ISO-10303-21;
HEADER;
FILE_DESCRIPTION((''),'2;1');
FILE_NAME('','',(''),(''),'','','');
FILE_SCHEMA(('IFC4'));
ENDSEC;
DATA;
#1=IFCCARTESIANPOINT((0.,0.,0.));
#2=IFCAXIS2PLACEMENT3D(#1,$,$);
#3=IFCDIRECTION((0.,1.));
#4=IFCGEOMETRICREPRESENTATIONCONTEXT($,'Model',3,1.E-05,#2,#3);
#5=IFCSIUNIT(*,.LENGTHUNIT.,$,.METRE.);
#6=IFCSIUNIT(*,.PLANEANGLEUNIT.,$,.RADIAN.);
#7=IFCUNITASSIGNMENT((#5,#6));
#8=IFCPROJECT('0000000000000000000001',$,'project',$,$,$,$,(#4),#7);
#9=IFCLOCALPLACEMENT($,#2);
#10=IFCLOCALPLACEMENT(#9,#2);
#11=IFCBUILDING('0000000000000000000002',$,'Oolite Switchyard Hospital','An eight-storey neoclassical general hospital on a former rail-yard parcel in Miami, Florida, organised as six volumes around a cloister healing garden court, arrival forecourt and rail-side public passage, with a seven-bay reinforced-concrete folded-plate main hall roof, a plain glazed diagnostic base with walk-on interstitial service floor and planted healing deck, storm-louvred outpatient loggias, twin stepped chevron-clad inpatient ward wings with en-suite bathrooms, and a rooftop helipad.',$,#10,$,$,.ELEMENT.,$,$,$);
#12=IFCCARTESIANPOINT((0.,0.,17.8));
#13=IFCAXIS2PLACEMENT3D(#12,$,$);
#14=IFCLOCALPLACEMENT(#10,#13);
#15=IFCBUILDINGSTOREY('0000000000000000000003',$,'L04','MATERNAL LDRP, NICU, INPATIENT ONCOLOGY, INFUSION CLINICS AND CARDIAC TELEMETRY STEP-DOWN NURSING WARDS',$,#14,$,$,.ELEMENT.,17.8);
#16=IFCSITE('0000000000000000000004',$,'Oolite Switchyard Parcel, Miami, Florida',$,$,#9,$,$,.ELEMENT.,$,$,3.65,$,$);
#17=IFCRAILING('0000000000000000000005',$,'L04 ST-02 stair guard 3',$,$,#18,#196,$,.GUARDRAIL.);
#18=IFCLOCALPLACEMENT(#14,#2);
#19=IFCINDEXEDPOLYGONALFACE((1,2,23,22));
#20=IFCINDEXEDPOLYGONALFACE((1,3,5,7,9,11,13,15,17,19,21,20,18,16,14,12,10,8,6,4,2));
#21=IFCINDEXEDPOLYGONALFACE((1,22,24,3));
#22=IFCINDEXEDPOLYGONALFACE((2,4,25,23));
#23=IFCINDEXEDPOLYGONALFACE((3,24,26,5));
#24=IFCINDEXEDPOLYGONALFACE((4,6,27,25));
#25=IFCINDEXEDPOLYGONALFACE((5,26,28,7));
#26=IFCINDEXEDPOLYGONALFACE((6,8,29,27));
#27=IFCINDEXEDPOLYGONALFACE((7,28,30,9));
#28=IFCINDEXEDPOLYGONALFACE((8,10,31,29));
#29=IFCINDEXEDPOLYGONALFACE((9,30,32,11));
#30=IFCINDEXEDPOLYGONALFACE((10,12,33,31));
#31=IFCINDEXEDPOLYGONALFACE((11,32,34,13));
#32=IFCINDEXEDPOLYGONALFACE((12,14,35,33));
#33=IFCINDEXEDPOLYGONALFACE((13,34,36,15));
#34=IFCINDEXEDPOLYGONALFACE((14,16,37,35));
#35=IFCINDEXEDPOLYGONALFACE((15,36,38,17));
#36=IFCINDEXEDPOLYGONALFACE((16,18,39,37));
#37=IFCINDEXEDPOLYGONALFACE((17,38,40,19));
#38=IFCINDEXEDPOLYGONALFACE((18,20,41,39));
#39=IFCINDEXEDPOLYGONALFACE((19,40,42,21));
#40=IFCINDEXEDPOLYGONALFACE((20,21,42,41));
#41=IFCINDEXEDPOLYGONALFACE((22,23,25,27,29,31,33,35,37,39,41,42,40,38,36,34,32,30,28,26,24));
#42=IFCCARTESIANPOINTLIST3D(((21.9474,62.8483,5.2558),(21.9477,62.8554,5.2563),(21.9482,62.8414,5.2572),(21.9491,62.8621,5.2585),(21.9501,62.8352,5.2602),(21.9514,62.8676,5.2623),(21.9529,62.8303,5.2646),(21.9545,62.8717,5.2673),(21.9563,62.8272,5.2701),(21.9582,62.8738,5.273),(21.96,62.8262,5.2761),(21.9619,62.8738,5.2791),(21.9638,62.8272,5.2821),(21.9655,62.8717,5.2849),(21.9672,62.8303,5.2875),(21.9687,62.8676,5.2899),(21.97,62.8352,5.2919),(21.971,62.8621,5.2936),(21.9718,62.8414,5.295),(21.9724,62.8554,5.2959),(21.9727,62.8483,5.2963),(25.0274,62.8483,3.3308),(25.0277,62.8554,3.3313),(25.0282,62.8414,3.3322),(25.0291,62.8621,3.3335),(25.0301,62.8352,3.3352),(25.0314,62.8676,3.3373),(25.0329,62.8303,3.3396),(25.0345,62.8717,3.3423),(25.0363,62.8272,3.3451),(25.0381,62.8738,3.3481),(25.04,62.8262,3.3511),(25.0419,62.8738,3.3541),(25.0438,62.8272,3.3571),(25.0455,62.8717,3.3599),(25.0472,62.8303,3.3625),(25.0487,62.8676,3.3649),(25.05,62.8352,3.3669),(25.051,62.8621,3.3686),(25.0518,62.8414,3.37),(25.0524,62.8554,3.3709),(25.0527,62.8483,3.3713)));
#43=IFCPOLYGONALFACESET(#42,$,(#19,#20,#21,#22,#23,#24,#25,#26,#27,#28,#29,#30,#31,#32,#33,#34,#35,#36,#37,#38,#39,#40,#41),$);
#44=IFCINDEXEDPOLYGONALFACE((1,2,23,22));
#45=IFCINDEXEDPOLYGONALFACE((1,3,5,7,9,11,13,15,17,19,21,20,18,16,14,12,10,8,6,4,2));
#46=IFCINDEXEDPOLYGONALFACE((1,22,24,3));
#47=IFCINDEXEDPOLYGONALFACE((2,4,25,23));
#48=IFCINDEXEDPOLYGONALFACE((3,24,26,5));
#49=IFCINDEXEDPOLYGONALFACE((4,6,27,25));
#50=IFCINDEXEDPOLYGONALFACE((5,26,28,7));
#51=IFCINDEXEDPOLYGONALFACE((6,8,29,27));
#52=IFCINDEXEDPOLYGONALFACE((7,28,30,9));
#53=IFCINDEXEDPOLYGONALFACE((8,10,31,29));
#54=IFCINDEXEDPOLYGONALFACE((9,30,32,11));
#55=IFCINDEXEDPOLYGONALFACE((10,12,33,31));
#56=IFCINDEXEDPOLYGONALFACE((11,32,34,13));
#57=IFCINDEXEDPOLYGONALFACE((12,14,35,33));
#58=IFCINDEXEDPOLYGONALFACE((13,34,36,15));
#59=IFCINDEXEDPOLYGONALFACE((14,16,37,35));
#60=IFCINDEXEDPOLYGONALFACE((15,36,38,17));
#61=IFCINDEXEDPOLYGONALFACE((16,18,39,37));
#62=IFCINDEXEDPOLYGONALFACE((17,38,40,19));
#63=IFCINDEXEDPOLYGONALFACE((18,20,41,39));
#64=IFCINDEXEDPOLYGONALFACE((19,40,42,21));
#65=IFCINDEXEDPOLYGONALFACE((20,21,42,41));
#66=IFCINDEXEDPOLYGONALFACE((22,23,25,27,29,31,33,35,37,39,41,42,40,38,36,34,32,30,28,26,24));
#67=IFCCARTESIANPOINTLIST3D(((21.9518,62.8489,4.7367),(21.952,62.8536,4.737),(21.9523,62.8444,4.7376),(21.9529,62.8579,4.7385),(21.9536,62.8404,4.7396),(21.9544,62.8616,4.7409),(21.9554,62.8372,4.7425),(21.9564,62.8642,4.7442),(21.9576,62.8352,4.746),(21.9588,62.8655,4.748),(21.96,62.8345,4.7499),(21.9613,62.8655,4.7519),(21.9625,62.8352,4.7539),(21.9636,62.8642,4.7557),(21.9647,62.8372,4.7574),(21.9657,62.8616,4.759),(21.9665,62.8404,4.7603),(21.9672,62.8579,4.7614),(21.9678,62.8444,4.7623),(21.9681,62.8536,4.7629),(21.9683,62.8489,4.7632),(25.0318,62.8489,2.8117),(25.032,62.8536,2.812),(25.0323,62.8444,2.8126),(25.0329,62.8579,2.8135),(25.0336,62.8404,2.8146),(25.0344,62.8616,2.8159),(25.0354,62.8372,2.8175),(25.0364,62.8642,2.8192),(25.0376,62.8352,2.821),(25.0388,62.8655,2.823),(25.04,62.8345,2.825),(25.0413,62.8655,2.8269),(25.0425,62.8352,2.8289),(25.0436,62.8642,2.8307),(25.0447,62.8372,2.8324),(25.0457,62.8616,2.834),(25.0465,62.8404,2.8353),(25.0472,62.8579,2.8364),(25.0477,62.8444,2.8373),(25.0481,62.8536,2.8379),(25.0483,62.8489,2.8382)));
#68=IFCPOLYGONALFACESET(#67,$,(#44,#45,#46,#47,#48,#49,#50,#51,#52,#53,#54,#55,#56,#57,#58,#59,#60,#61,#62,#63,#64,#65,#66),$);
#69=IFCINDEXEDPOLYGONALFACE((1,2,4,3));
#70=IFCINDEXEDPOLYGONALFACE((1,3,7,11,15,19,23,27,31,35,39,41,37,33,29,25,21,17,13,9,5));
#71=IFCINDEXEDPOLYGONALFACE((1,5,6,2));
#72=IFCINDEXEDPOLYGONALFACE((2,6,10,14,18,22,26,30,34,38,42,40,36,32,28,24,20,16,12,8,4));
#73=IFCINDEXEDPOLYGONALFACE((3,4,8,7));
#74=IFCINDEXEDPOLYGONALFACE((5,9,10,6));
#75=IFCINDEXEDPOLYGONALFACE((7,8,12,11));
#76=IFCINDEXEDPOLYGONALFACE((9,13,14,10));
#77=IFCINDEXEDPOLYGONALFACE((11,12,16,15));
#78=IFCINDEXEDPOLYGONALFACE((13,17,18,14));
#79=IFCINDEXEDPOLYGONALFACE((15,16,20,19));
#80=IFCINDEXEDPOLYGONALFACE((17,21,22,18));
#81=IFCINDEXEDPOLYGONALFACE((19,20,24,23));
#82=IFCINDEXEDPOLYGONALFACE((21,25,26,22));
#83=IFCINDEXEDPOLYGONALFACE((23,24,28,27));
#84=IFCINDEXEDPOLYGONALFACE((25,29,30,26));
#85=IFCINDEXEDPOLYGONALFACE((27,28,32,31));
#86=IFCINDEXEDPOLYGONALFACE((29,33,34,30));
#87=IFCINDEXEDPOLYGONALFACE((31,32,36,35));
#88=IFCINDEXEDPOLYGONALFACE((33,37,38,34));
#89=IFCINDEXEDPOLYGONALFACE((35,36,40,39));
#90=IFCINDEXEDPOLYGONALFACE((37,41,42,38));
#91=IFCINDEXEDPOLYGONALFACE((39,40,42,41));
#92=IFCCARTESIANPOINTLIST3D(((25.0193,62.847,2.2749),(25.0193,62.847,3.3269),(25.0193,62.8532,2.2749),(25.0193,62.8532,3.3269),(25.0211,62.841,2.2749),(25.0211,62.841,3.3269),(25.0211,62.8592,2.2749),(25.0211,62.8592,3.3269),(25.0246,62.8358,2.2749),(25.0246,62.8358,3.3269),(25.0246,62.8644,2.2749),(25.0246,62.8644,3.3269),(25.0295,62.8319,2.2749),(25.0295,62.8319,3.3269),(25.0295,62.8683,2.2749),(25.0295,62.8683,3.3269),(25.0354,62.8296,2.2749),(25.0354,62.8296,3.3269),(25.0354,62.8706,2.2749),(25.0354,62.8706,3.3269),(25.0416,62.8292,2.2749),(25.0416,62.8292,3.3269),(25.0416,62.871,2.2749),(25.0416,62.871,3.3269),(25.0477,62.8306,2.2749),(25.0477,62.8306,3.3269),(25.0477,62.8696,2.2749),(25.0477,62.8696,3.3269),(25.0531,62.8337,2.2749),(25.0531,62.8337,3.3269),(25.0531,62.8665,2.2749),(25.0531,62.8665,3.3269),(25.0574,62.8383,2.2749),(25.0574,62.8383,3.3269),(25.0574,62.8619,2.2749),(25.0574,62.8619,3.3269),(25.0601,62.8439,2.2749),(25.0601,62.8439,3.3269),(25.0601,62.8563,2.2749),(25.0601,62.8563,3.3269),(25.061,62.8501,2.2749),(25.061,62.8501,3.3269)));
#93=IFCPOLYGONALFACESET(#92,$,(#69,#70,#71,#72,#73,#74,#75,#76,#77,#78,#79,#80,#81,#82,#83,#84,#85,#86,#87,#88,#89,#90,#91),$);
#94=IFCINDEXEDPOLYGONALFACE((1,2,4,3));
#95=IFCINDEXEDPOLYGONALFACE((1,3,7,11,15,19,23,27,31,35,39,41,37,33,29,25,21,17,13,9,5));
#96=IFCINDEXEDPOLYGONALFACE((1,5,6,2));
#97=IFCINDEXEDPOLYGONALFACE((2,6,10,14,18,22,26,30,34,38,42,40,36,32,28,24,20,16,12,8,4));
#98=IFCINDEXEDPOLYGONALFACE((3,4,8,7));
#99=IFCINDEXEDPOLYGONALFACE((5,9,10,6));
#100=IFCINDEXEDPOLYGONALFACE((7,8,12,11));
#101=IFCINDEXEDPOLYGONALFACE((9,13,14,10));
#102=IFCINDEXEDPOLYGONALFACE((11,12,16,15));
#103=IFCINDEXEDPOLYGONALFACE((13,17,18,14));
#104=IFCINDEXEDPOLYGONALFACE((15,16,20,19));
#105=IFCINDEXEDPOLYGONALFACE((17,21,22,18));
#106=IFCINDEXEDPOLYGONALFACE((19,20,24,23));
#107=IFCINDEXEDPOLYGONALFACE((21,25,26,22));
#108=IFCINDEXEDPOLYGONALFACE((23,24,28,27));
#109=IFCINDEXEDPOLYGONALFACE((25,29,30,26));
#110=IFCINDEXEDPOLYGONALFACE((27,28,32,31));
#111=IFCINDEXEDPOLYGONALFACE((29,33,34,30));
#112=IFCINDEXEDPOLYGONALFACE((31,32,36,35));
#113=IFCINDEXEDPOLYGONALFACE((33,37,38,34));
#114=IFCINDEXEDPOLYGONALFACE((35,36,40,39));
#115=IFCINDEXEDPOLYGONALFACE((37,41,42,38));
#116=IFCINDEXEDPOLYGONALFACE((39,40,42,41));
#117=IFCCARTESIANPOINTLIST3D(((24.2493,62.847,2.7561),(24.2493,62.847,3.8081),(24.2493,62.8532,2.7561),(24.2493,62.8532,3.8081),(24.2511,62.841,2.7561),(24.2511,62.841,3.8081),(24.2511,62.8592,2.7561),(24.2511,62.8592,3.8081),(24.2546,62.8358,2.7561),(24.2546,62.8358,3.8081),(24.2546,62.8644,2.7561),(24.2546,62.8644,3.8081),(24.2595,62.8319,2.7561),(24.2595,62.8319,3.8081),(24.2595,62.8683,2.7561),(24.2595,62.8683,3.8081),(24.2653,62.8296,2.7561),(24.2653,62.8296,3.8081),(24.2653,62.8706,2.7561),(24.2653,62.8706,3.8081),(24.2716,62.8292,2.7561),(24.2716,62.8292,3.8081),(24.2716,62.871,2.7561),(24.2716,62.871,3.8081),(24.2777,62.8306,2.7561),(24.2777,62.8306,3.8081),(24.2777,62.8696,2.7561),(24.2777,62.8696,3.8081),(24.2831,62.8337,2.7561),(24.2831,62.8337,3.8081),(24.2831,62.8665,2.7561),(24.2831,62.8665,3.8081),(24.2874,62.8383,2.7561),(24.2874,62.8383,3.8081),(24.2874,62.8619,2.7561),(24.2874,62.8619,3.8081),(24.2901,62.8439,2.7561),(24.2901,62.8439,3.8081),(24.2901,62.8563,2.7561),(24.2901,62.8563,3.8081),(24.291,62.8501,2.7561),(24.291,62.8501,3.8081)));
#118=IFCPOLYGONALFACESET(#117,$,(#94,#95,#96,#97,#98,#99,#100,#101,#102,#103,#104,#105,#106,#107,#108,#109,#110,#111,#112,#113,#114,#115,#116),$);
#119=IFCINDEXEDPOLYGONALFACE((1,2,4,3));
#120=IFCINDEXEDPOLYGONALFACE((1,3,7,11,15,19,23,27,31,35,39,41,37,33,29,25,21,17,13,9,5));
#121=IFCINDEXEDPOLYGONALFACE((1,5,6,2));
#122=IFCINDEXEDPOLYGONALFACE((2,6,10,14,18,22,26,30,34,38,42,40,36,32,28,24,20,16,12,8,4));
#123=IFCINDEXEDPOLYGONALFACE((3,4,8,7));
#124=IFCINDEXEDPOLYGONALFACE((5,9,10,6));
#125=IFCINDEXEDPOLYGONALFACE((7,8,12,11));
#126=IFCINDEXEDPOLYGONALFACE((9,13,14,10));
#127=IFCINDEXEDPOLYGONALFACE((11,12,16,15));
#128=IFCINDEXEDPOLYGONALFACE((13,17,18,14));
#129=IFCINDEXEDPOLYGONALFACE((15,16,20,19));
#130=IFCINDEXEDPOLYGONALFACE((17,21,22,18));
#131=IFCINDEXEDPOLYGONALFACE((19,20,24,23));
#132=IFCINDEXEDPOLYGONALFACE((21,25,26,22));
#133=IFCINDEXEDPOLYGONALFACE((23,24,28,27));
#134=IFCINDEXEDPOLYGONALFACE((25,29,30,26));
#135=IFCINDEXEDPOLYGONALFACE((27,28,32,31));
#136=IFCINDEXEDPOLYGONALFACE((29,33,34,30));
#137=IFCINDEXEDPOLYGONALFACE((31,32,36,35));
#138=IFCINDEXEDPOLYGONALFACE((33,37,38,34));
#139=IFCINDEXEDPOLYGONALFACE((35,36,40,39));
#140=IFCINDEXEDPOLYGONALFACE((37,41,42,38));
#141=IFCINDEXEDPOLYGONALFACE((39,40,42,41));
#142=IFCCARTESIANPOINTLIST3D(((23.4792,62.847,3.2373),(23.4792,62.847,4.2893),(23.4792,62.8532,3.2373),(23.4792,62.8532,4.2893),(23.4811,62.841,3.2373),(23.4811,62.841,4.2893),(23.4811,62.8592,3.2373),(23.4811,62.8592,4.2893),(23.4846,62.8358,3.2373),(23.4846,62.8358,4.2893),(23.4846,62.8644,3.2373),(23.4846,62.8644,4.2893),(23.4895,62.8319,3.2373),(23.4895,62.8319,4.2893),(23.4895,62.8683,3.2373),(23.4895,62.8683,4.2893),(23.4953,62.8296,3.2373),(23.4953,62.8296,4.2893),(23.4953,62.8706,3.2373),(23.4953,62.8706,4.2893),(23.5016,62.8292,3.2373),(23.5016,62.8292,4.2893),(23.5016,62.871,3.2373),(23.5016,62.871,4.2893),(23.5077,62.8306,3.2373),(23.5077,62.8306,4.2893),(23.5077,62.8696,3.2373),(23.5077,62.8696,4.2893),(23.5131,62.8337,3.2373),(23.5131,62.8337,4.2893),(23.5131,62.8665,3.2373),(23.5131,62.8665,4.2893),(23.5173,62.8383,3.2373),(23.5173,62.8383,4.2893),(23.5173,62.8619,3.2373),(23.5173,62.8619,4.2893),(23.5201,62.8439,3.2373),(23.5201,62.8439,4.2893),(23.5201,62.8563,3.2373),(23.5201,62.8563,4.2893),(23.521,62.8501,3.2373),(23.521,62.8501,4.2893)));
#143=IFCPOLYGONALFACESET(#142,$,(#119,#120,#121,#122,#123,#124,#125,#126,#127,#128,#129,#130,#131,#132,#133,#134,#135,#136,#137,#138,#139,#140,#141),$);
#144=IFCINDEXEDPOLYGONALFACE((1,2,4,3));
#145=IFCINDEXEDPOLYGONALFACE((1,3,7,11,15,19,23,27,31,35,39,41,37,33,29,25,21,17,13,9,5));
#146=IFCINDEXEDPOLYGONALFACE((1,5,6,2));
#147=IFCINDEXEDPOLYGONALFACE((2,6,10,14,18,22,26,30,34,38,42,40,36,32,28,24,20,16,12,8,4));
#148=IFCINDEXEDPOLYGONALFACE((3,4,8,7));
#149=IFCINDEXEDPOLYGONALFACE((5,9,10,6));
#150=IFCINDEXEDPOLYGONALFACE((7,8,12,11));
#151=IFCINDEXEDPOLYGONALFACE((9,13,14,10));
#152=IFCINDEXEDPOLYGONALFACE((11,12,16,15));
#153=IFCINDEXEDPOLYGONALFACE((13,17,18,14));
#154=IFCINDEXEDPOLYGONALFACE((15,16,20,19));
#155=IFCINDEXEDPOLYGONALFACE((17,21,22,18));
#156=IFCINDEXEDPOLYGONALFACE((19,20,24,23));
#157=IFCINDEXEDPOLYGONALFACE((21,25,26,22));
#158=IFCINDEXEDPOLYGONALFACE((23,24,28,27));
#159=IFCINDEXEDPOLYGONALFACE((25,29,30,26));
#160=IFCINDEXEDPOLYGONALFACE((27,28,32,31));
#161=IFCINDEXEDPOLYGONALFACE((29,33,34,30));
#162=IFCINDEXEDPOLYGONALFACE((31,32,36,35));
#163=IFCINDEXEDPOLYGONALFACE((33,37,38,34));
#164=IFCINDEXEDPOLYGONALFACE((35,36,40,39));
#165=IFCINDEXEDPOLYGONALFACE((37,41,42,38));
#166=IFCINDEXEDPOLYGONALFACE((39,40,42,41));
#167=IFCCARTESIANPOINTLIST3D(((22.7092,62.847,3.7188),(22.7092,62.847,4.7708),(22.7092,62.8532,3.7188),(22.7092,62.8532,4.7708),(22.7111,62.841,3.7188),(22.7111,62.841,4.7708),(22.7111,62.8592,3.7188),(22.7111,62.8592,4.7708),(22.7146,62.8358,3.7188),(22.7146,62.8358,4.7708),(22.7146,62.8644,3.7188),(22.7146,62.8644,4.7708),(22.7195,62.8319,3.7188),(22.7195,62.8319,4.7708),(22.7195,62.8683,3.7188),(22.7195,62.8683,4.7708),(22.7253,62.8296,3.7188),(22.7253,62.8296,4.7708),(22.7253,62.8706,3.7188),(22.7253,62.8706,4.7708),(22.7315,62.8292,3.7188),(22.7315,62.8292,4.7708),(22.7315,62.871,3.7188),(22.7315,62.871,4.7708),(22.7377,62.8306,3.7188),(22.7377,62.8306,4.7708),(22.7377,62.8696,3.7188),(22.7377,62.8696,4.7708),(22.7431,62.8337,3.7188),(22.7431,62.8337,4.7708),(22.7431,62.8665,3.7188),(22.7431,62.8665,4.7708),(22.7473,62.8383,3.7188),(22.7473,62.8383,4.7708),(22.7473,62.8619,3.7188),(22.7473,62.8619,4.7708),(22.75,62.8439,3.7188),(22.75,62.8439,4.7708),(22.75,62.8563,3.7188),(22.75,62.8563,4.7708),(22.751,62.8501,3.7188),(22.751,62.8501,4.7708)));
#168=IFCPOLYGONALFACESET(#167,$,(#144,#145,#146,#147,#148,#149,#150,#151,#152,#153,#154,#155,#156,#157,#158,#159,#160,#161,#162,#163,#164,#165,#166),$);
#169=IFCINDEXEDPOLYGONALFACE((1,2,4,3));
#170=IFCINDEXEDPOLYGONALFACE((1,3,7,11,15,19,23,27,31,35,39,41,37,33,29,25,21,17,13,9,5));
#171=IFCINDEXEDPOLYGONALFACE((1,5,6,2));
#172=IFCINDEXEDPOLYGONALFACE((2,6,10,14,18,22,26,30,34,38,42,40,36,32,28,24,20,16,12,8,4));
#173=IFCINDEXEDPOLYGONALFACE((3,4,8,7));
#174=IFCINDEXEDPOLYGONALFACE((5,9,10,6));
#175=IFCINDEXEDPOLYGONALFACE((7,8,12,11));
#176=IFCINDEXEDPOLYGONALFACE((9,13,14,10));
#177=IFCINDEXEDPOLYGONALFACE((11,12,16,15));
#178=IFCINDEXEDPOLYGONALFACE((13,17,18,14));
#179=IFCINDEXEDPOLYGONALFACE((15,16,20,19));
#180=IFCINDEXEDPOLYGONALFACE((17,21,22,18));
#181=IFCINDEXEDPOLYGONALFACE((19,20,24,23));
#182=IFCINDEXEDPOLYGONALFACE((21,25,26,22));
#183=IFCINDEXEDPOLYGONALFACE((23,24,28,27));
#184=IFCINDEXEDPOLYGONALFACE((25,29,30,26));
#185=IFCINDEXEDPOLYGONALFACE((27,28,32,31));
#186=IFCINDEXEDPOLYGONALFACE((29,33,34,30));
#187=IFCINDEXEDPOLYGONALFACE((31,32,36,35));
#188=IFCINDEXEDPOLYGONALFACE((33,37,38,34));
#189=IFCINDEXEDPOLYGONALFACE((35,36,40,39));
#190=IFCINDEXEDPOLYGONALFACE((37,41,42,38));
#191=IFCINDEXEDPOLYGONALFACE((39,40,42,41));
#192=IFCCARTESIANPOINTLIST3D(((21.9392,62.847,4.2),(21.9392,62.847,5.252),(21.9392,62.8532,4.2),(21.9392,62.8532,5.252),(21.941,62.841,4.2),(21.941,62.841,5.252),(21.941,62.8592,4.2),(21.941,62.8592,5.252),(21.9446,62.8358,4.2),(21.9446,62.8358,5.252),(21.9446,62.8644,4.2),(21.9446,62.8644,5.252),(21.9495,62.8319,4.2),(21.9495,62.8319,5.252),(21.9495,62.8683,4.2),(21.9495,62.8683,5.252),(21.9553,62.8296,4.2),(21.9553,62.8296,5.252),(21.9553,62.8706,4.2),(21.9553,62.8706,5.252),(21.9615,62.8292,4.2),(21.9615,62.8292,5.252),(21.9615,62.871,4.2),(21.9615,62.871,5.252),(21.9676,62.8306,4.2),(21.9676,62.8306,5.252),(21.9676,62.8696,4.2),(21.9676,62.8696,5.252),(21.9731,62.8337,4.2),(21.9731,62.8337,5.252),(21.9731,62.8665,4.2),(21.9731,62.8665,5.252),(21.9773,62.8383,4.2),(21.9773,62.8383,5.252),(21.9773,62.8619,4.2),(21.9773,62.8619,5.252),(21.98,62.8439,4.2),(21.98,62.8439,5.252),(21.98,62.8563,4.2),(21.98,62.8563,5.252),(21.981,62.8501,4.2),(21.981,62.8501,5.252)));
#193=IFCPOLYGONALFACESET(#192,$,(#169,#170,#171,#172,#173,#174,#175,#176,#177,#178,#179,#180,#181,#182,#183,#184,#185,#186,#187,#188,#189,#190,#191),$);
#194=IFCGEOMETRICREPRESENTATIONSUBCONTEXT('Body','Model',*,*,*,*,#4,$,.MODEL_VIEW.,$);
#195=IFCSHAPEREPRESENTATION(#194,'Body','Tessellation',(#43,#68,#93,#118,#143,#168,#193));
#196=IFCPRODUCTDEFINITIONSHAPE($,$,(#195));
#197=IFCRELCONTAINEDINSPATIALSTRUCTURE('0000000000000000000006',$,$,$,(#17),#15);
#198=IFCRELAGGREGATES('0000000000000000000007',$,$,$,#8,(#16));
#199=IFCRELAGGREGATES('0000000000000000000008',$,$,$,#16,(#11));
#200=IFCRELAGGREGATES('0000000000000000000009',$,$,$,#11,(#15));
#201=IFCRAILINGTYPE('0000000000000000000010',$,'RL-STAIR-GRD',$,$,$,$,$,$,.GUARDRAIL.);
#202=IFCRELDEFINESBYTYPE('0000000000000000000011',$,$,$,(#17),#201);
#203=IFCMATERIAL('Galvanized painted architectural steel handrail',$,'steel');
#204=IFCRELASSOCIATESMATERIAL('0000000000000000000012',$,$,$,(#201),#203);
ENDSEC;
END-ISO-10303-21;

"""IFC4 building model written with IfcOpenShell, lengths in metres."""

from ifc_helpers import new_model, si_unit, direction, frame, origin, origin_2d, place, context, subcontext, project, spatial, circle, extrude, material, type_object, element, save


model = new_model("IFC4")

# Units and contexts
model_context = context("Model", 3, precision=1e-05, world=origin(), true_north=direction((0.0, 1.0)))
body_context = subcontext(model_context, "Body", "Model", "MODEL_VIEW")
ifc_project = project(units=[si_unit("LENGTHUNIT", "METRE"), si_unit("PLANEANGLEUNIT", "RADIAN")], contexts=[model_context])

# Site, building, storey
site_placement = place(None, origin())
site = spatial("IfcSite", under=ifc_project, at=site_placement, Name="Oolite Switchyard Parcel, Miami, Florida", CompositionType="ELEMENT", RefElevation=3.65)
building_placement = place(site_placement, origin())
building = spatial("IfcBuilding", under=site, at=building_placement, Name="Oolite Switchyard Hospital", Description="An eight-storey neoclassical general hospital on a former rail-yard parcel in Miami, Florida, organised as six volumes around a cloister healing garden court, arrival forecourt and rail-side public passage, with a seven-bay reinforced-concrete folded-plate main hall roof, a plain glazed diagnostic base with walk-on interstitial service floor and planted healing deck, storm-louvred outpatient loggias, twin stepped chevron-clad inpatient ward wings with en-suite bathrooms, and a rooftop helipad.", CompositionType="ELEMENT")
storey_placement = place(building_placement, frame((0.0, 0.0, 17.8)))
storey = spatial("IfcBuildingStorey", under=building, at=storey_placement, Name="L04", Description="MATERNAL LDRP, NICU, INPATIENT ONCOLOGY, INFUSION CLINICS AND CARDIAC TELEMETRY STEP-DOWN NURSING WARDS", CompositionType="ELEMENT", Elevation=17.8)

# Railing
ifc_material_1 = material(Name="Galvanized painted architectural steel handrail", Category="steel")
railing_type_1 = type_object("IfcRailingType", Name="RL-STAIR-GRD", PredefinedType="GUARDRAIL", material=ifc_material_1)
railing_1_placement = place(storey_placement, frame((25.04, 62.8501, 2.2749)))
element("IfcRailing", 1, at=railing_1_placement, inside=storey, type_object=railing_type_1, Name="L04 ST-02 stair guard 3", PredefinedType="GUARDRAIL", context=body_context, shape_type="SweptSolid", body=[
    extrude(circle(Radius=0.0239, at=origin_2d()), frame((0.0, 0.0, 1.0762), z_axis=(-0.847998, 0.0, 0.529999), x_axis=(0.0, -1.0, 0.0)), (0.0, 0.0, 1.0), 3.6321),
    extrude(circle(Radius=0.0156, at=origin_2d()), frame((0.0, 0.0, 0.55), z_axis=(-0.847998, 0.0, 0.529999), x_axis=(0.0, -1.0, 0.0)), (0.0, 0.0, 1.0), 3.6321),
    extrude(circle(Radius=0.021, at=origin_2d()), origin(), (0.0, 0.0, 1.0), 1.052),
    extrude(circle(Radius=0.021, at=origin_2d()), frame((-0.77, 0.0, 0.4812)), (0.0, 0.0, 1.0), 1.052),
    extrude(circle(Radius=0.021, at=origin_2d()), frame((-1.54, 0.0, 0.9624)), (0.0, 0.0, 1.0), 1.052),
    extrude(circle(Radius=0.021, at=origin_2d()), frame((-2.3101, 0.0, 1.4438)), (0.0, 0.0, 1.0), 1.052),
    extrude(circle(Radius=0.021, at=origin_2d()), frame((-3.0801, 0.0, 1.925)), (0.0, 0.0, 1.0), 1.052),
])

save(model, "model.ifc")
